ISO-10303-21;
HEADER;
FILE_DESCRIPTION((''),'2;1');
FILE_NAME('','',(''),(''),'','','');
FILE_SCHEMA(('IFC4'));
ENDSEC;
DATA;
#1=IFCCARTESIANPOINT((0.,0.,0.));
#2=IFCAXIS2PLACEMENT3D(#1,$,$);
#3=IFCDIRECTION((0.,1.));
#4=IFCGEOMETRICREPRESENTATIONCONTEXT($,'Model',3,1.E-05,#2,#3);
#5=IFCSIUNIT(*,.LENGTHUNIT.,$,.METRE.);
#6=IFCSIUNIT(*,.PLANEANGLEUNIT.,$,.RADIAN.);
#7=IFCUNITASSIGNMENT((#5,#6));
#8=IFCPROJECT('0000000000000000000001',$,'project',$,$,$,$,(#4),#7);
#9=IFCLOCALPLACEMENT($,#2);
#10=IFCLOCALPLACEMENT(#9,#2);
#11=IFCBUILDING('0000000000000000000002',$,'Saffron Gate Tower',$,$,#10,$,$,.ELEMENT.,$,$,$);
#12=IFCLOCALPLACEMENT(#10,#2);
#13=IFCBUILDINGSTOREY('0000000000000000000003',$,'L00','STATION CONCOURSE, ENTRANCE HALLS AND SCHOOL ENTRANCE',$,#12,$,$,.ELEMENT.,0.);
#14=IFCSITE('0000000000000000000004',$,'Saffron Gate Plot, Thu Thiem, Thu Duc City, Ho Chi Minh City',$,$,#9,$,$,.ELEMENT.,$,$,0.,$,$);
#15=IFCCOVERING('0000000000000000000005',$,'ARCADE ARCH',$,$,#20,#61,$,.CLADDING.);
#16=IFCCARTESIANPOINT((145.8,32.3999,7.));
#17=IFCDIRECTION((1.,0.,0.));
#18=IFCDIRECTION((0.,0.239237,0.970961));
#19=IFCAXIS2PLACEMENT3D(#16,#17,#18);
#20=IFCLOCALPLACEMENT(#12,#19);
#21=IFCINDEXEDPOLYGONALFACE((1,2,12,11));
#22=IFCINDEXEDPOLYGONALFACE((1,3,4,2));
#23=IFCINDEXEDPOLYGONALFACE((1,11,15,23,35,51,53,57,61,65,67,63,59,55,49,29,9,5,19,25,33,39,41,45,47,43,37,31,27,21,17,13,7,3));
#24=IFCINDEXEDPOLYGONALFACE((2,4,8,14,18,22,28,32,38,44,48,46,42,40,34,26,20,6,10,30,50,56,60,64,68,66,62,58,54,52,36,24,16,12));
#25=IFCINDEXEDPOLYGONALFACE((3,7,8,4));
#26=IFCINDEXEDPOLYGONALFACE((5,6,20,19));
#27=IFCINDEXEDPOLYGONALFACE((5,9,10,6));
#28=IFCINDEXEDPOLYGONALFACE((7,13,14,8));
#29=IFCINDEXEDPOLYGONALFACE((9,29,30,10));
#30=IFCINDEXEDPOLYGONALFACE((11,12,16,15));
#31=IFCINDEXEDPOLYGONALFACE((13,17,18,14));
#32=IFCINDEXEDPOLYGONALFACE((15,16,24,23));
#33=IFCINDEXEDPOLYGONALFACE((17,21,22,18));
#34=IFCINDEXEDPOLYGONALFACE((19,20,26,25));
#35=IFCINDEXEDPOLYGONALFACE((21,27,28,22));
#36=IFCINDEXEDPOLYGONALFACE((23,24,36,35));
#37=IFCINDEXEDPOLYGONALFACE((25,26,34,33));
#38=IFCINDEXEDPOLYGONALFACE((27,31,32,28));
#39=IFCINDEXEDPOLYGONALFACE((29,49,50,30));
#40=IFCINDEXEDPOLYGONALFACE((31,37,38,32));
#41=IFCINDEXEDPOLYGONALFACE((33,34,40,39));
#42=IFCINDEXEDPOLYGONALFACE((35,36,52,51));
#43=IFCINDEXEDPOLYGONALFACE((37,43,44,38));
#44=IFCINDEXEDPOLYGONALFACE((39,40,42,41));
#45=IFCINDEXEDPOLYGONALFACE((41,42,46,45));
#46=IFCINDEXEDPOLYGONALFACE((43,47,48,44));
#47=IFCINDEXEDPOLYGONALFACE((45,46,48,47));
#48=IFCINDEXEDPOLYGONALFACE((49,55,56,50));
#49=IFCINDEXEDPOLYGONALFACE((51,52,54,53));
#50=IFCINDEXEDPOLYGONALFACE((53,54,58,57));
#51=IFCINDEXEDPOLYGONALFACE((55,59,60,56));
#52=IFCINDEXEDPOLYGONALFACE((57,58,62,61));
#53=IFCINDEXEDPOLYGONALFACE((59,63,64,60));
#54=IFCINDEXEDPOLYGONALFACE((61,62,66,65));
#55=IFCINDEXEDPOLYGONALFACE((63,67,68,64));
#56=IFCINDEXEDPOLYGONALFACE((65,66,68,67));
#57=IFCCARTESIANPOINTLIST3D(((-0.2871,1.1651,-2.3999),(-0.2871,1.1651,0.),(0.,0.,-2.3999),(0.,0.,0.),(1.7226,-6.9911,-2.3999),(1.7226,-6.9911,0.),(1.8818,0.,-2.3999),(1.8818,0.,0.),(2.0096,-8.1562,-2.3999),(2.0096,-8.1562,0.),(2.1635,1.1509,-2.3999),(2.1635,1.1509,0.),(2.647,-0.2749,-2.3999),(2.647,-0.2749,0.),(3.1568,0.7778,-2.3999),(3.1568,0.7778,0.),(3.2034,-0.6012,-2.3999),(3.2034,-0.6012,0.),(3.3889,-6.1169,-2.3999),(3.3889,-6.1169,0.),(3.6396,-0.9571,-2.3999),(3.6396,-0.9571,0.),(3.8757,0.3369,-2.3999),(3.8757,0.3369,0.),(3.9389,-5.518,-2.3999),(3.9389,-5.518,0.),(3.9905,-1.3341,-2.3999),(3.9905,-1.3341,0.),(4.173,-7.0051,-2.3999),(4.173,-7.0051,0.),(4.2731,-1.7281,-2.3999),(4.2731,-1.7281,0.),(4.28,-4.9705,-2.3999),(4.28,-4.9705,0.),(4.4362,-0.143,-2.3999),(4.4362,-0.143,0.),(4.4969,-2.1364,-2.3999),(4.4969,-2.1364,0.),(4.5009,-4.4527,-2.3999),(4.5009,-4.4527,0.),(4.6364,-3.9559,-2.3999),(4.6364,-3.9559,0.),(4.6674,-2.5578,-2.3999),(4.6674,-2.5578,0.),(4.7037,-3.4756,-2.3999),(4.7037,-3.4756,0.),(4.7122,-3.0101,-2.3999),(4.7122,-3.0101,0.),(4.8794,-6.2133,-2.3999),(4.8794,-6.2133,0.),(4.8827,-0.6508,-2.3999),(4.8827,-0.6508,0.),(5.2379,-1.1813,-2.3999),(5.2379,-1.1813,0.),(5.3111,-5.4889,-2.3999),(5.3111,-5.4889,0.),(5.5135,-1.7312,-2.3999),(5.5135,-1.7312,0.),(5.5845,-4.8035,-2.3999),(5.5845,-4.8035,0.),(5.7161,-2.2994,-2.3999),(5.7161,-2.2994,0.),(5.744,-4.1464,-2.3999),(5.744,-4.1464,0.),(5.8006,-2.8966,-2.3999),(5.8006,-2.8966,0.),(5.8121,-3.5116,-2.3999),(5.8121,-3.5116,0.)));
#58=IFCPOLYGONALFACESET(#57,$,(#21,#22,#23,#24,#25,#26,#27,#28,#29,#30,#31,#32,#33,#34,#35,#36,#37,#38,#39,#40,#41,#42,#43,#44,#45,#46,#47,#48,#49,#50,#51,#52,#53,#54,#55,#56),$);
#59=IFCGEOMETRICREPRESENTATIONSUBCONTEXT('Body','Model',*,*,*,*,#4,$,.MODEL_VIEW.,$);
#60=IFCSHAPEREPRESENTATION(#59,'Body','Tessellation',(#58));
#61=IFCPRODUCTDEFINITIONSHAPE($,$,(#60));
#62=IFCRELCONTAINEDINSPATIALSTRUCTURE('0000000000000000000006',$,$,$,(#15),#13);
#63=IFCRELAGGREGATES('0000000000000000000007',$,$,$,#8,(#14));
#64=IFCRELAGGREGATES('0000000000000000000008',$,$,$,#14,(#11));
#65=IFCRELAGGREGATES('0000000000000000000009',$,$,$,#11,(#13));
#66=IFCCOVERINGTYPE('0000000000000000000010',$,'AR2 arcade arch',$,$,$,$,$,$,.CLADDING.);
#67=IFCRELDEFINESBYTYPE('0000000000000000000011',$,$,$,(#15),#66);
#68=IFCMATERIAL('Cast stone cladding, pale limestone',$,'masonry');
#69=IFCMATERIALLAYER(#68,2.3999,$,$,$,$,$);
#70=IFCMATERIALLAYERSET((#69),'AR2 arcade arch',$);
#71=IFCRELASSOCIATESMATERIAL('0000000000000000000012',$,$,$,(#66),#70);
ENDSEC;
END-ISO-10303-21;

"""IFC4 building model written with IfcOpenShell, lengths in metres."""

from ifc_helpers import new_model, si_unit, direction, frame, origin, place, context, subcontext, project, spatial, polyline, outline, extrude, material, layer, layer_set, type_object, element, save


model = new_model("IFC4")

# Units and contexts
model_context = context("Model", 3, precision=1e-05, world=origin(), true_north=direction((0.0, 1.0)))
body_context = subcontext(model_context, "Body", "Model", "MODEL_VIEW")
ifc_project = project(units=[si_unit("LENGTHUNIT", "METRE"), si_unit("PLANEANGLEUNIT", "RADIAN")], contexts=[model_context])

# Site, building, storey
site_placement = place(None, origin())
site = spatial("IfcSite", under=ifc_project, at=site_placement, Name="Saffron Gate Plot, Thu Thiem, Thu Duc City, Ho Chi Minh City", CompositionType="ELEMENT", RefElevation=0.0)
building_placement = place(site_placement, origin())
building = spatial("IfcBuilding", under=site, at=building_placement, Name="Saffron Gate Tower", CompositionType="ELEMENT")
storey_placement = place(building_placement, origin())
storey = spatial("IfcBuildingStorey", under=building, at=storey_placement, Name="L00", Description="STATION CONCOURSE, ENTRANCE HALLS AND SCHOOL ENTRANCE", CompositionType="ELEMENT", Elevation=0.0)

# Covering
ifc_material_1 = material(Name="Cast stone cladding, pale limestone", Category="masonry")
ifc_layer_1 = layer(ifc_material_1, 2.3999)
ifc_layer_set_1 = layer_set([ifc_layer_1], Name="AR2 arcade arch")
covering_type = type_object("IfcCoveringType", Name="AR2 arcade arch", PredefinedType="CLADDING", material=ifc_layer_set_1)
covering_1_placement = place(storey_placement, frame((145.8, 32.3999, 7.0), z_axis=(1.0, 0.0, 0.0), x_axis=(0.0, 0.239237, 0.970961)))
element("IfcCovering", 1, at=covering_1_placement, inside=storey, type_object=covering_type, Name="ARCADE ARCH", PredefinedType="CLADDING", context=body_context, shape_type="SweptSolid", body=[
    extrude(outline(polyline([(0.0, 0.0), (1.8818, 0.0), (2.647, -0.2749), (3.2034, -0.6012), (3.6396, -0.9571), (3.9905, -1.3341), (4.2731, -1.7281), (4.4969, -2.1364), (4.6674, -2.5578), (4.7122, -3.0101), (4.7037, -3.4756), (4.6364, -3.9559), (4.5009, -4.4527), (4.28, -4.9705), (3.9389, -5.518), (3.3889, -6.1169), (1.7226, -6.9911), (2.0096, -8.1562), (4.173, -7.0051), (4.8794, -6.2133), (5.3111, -5.4889), (5.5845, -4.8035), (5.744, -4.1464), (5.8121, -3.5116), (5.8006, -2.8966), (5.7161, -2.2994), (5.5135, -1.7312), (5.2379, -1.1813), (4.8827, -0.6508), (4.4362, -0.143), (3.8757, 0.3369), (3.1568, 0.7778), (2.1635, 1.1509), (-0.2871, 1.1651), (0.0, 0.0)])), origin(), (0.0, 0.0, -1.0), 2.3999),
])

save(model, "model.ifc")
